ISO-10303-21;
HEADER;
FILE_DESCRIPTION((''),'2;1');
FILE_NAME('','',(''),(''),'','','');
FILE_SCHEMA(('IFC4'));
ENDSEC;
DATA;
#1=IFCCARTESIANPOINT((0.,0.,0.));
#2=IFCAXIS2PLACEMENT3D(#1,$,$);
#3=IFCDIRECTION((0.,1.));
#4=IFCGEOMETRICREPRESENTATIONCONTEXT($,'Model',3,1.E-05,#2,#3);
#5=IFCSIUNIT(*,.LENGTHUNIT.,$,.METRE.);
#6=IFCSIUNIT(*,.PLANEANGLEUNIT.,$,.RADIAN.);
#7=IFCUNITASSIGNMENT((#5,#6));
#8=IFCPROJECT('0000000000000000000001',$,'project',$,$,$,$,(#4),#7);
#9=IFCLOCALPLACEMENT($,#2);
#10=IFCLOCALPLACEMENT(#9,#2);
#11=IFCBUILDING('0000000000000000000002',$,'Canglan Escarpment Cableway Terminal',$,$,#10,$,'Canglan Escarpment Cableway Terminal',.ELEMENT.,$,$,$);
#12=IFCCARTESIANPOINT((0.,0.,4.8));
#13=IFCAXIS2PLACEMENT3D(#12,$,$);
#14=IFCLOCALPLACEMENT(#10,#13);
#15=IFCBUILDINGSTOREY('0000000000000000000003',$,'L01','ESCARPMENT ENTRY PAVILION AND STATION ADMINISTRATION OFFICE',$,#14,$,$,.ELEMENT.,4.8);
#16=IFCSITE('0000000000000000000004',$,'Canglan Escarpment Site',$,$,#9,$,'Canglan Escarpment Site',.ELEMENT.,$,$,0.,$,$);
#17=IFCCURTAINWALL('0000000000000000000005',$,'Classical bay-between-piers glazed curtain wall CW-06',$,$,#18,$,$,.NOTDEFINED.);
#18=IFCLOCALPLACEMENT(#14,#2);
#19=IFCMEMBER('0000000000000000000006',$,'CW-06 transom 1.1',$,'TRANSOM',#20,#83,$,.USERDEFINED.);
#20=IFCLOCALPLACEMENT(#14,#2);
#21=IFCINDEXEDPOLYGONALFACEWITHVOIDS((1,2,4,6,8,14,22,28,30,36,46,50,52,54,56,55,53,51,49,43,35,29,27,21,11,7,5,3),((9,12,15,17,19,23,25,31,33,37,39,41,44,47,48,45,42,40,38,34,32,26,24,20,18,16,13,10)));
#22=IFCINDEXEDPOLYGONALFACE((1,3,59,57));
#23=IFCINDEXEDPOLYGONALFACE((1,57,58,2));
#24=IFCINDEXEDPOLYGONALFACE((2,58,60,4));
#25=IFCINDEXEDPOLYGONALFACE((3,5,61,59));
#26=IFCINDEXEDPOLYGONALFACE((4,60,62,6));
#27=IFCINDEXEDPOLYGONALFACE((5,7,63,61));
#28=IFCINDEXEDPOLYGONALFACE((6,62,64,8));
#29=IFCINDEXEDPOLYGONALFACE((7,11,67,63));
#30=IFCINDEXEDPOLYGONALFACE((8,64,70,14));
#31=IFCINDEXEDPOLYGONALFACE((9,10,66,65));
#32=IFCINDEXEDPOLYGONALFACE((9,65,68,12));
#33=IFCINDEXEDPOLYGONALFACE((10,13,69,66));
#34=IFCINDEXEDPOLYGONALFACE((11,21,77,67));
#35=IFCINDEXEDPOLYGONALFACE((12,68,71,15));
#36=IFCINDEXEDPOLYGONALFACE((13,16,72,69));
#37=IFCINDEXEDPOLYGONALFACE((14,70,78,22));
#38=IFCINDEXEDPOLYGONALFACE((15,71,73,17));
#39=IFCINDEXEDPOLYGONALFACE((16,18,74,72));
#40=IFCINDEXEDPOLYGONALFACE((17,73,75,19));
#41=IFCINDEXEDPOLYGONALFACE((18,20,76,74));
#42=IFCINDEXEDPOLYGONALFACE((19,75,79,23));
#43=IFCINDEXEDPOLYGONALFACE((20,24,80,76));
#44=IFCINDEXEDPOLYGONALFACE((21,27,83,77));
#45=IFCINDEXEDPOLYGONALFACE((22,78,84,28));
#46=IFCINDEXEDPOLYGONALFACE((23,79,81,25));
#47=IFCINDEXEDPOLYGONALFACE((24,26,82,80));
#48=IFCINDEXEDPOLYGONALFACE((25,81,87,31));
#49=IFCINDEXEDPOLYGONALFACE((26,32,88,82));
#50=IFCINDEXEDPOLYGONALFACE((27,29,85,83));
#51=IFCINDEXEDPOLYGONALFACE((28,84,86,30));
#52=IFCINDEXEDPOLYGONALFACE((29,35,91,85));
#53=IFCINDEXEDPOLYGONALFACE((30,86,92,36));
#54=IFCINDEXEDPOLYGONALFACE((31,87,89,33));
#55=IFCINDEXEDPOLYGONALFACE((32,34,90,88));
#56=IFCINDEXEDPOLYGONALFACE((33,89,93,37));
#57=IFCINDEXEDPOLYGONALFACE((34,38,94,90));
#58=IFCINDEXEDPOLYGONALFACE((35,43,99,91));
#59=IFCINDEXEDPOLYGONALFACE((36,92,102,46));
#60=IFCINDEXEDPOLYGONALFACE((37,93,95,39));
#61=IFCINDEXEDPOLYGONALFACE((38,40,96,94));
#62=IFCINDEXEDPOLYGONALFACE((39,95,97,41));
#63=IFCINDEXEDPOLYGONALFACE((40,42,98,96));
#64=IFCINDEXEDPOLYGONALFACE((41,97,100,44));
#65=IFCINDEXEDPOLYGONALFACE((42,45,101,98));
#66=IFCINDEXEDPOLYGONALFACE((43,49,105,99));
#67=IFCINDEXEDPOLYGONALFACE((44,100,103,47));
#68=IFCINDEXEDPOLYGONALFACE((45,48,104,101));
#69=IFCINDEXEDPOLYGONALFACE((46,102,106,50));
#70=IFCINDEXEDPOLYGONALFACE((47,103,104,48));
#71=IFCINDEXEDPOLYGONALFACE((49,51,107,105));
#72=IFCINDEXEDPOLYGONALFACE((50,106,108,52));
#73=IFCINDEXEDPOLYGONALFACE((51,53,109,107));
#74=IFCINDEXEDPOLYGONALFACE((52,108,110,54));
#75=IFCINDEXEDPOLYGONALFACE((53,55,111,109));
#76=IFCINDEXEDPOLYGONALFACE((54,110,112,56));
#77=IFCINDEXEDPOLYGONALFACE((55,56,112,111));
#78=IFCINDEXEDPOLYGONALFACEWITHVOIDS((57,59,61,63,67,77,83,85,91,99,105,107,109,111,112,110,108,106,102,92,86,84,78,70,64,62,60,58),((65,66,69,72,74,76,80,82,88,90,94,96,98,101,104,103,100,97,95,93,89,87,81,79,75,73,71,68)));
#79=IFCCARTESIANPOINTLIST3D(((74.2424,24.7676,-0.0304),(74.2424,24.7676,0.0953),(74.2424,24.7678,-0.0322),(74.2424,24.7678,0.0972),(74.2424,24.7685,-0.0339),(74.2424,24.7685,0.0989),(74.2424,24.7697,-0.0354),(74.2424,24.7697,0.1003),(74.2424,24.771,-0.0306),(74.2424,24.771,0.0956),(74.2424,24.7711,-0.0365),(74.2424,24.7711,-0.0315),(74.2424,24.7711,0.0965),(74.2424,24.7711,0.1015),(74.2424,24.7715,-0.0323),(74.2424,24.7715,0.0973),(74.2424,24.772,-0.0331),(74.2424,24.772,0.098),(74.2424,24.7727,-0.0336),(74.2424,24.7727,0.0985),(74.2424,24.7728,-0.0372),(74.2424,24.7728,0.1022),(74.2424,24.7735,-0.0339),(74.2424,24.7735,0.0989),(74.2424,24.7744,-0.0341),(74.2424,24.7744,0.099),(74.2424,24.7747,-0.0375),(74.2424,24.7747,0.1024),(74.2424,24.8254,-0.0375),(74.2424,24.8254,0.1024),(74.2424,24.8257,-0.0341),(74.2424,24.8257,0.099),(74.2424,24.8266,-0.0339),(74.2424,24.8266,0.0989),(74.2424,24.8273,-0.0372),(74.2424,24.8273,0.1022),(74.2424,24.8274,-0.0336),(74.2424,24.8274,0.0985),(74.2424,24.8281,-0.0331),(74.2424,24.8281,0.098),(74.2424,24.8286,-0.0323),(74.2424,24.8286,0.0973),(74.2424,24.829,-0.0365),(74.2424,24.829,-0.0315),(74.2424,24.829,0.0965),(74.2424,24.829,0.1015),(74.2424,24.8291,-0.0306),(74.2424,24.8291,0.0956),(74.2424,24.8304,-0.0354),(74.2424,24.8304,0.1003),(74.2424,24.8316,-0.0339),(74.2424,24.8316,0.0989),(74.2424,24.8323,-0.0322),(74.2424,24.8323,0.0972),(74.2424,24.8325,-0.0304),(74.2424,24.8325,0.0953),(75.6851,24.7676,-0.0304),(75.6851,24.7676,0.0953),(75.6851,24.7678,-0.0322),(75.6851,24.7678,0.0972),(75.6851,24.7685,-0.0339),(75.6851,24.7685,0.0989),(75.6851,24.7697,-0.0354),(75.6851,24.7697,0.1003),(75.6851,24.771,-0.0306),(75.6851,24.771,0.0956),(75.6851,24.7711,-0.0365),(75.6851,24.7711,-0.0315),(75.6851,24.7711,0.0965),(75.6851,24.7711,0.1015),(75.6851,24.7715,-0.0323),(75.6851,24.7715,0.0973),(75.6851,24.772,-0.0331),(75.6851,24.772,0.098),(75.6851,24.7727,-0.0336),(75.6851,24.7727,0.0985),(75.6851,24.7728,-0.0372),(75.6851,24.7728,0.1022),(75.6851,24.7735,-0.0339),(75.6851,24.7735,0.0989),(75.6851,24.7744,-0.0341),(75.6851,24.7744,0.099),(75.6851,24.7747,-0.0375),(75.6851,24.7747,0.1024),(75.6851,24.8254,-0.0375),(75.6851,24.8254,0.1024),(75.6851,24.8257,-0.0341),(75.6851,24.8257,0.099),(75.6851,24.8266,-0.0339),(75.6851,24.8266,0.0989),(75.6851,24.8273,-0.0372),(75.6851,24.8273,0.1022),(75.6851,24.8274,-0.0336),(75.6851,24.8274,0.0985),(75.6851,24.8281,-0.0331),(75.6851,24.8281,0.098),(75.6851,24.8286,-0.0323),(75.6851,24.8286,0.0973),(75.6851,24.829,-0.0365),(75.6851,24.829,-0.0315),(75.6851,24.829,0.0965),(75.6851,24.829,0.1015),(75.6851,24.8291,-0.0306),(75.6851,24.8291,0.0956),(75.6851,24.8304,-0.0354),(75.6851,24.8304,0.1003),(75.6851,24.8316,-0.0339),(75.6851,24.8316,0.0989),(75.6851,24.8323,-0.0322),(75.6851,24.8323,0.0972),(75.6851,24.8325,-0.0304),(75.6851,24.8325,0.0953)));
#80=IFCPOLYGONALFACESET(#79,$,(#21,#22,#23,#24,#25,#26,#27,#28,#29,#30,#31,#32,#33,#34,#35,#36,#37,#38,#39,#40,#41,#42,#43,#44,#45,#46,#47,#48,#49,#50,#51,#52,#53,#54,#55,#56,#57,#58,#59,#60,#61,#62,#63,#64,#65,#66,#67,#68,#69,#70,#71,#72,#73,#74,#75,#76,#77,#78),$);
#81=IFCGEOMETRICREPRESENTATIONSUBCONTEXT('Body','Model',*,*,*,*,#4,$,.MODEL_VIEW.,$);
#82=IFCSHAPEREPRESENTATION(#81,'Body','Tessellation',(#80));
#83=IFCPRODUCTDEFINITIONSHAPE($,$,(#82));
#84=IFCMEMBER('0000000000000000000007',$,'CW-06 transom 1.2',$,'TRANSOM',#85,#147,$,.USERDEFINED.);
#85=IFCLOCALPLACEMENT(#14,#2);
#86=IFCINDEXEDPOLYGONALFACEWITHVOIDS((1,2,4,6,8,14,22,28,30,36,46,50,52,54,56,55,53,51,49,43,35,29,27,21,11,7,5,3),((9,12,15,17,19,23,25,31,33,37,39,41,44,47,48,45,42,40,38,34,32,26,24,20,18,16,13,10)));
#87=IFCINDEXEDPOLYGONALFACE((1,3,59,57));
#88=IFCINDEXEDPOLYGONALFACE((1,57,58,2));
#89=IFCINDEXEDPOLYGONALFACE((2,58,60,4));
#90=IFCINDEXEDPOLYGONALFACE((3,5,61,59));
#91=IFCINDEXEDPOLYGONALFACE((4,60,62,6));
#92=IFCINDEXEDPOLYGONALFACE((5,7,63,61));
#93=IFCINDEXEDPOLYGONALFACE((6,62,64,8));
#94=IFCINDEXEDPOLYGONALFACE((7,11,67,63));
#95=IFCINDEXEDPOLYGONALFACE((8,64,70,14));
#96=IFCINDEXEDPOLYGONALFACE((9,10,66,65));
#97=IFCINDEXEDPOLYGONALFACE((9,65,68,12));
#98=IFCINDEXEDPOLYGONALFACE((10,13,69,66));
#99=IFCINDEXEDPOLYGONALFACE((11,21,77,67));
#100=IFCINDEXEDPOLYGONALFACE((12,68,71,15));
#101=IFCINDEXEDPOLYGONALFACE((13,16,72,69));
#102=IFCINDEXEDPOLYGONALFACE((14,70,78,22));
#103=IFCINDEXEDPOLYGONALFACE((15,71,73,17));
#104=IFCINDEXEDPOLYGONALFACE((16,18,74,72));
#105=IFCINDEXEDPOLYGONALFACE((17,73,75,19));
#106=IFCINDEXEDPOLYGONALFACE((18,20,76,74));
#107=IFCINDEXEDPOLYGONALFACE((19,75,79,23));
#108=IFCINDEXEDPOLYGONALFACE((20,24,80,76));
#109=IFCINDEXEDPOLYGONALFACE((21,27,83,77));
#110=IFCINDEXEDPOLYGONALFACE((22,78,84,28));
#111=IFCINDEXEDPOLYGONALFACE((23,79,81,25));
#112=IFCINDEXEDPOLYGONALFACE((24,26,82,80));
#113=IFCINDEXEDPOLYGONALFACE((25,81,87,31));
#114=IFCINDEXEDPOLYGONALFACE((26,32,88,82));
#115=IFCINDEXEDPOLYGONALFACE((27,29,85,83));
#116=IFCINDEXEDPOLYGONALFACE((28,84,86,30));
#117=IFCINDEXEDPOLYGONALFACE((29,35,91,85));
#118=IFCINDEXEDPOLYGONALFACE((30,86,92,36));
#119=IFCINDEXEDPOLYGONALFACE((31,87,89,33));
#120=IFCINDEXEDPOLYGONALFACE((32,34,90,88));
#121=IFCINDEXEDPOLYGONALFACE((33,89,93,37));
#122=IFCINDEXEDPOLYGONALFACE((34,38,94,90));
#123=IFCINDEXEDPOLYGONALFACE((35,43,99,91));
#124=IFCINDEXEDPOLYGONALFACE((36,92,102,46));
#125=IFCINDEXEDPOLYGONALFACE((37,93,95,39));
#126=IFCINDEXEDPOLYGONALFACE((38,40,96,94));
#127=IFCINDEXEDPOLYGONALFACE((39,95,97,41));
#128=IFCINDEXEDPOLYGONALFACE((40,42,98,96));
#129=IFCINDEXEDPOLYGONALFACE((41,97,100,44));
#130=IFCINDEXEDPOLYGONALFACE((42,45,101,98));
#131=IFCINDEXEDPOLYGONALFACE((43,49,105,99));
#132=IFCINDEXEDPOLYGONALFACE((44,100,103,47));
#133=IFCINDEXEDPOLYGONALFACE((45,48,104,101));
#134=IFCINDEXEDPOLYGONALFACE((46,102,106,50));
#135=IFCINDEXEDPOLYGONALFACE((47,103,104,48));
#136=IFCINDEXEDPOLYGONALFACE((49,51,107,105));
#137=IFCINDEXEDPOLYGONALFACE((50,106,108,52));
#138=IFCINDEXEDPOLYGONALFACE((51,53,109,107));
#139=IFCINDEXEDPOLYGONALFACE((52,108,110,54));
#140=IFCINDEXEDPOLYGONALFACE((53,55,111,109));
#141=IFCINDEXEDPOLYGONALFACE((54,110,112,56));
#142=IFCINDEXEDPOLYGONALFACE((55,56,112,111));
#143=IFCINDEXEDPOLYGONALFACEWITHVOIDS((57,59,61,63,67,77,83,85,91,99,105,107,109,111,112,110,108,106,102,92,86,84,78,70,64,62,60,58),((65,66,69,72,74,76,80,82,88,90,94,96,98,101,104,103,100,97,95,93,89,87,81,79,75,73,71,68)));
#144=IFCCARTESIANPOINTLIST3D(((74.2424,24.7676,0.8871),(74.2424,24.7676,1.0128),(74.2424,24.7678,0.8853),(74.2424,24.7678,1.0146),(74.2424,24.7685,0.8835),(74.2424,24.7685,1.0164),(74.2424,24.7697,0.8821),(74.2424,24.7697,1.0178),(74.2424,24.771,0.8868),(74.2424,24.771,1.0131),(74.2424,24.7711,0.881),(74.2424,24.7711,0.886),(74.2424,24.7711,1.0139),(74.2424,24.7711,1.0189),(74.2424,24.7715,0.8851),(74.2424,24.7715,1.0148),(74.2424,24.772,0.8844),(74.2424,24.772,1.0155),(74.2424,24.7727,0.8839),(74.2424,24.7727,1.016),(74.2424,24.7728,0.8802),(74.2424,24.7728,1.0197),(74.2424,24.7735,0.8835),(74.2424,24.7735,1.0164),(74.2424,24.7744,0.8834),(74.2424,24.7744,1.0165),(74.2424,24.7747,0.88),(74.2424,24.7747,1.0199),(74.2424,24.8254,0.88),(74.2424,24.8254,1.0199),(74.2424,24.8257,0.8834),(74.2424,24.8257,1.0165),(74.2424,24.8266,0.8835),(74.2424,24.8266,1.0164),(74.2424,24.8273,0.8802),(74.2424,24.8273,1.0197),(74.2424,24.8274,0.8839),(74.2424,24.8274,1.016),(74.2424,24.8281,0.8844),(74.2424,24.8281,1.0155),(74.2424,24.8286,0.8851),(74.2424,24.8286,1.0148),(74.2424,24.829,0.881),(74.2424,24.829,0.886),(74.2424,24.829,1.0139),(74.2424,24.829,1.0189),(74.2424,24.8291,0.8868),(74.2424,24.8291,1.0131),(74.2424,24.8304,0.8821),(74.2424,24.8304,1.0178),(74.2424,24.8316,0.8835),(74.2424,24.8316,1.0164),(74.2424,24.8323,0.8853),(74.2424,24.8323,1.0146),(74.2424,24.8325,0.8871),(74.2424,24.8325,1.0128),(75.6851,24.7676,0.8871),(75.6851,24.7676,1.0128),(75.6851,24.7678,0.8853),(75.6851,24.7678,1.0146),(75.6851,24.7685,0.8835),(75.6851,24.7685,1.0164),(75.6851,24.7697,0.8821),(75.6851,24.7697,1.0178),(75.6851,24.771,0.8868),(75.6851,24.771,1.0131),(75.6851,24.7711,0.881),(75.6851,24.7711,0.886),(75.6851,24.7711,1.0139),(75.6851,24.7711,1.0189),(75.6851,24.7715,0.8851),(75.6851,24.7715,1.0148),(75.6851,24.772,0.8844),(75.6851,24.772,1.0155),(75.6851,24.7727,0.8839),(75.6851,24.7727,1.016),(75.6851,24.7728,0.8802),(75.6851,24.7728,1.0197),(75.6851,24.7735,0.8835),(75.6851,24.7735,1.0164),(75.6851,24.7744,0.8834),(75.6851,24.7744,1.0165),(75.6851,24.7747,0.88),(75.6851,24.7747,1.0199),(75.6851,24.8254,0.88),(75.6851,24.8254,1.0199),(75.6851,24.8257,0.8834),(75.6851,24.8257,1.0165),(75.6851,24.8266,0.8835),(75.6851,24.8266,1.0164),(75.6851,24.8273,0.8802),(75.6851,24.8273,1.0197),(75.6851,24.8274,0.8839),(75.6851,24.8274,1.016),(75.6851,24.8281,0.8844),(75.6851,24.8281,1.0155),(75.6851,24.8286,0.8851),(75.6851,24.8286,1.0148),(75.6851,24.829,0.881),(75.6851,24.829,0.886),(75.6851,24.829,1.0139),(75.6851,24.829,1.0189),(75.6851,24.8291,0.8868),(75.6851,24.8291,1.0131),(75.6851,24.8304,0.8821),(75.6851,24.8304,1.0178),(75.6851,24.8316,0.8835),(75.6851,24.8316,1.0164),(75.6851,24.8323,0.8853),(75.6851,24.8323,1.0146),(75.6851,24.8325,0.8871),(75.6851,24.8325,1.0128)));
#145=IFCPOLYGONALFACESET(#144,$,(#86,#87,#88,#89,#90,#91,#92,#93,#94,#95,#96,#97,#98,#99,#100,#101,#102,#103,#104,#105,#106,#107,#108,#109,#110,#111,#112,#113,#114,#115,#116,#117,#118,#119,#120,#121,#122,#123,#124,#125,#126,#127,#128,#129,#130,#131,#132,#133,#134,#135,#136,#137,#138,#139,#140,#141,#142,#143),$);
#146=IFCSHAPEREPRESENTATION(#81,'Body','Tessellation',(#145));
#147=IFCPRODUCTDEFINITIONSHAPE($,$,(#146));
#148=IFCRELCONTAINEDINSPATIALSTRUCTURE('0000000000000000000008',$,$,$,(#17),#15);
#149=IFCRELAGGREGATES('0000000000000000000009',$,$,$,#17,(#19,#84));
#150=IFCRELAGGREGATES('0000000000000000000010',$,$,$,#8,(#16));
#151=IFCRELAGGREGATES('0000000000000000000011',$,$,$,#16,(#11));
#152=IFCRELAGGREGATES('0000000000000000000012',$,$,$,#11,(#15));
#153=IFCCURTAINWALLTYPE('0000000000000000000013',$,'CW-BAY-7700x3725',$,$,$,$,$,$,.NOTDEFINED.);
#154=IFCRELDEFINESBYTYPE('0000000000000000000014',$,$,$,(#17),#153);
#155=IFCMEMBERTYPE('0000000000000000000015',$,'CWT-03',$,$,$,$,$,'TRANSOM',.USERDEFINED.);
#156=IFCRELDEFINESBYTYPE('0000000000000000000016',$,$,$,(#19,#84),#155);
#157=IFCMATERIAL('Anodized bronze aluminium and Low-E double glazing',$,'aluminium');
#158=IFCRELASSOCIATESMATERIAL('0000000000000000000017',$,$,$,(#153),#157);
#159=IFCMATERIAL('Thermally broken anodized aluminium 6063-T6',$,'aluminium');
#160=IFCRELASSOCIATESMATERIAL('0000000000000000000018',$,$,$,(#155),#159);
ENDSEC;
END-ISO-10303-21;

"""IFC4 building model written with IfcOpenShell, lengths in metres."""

from ifc_helpers import new_model, si_unit, direction, frame, origin, origin_2d, place, context, subcontext, project, spatial, hollow_rectangle, extrude, material, material_profile, profile_set, type_object, element, aggregate, save


model = new_model("IFC4")

# Units and contexts
model_context = context("Model", 3, precision=1e-05, world=origin(), true_north=direction((0.0, 1.0)))
body_context = subcontext(model_context, "Body", "Model", "MODEL_VIEW")
ifc_project = project(units=[si_unit("LENGTHUNIT", "METRE"), si_unit("PLANEANGLEUNIT", "RADIAN")], contexts=[model_context])

# Site, building, storey
site_placement = place(None, origin())
site = spatial("IfcSite", under=ifc_project, at=site_placement, Name="Canglan Escarpment Site", LongName="Canglan Escarpment Site", CompositionType="ELEMENT", RefElevation=0.0)
building_placement = place(site_placement, origin())
building = spatial("IfcBuilding", under=site, at=building_placement, Name="Canglan Escarpment Cableway Terminal", LongName="Canglan Escarpment Cableway Terminal", CompositionType="ELEMENT")
storey_placement = place(building_placement, frame((0.0, 0.0, 4.8)))
storey = spatial("IfcBuildingStorey", under=building, at=storey_placement, Name="L01", Description="ESCARPMENT ENTRY PAVILION AND STATION ADMINISTRATION OFFICE", CompositionType="ELEMENT", Elevation=4.8)

# Curtain wall, members
ifc_material_1 = material(Name="Anodized bronze aluminium and Low-E double glazing", Category="aluminium")
curtain_wall_type = type_object("IfcCurtainWallType", Name="CW-BAY-7700x3725", PredefinedType="NOTDEFINED", material=ifc_material_1)
curtain_wall_placement = place(storey_placement, origin())
curtain_wall = element("IfcCurtainWall", 1, at=curtain_wall_placement, inside=storey, type_object=curtain_wall_type, Name="Classical bay-between-piers glazed curtain wall CW-06", PredefinedType="NOTDEFINED")
ifc_material_2 = material(Name="Thermally broken anodized aluminium 6063-T6", Category="aluminium")
ifc_material_profile_1 = material_profile(ifc_material_2, hollow_rectangle(XDim=0.0649, YDim=0.1399, WallThickness=0.0034, InnerFilletRadius=0.0034, OuterFilletRadius=0.0071, at=origin_2d()), Name="ALU-TRAN 65x140x3.5")
ifc_profile_set_1 = profile_set([ifc_material_profile_1], Name="Thermally broken anodized aluminium 6063-T6")
member_type_1 = type_object("IfcMemberType", Name="CWT-03", ElementType="TRANSOM", PredefinedType="USERDEFINED", material=ifc_profile_set_1)
member_1_placement = place(storey_placement, frame((75.6851, 24.8, 0.0325), z_axis=(-1.0, 0.0, 0.0), x_axis=(0.0, -1.0, 0.0)))
member_1 = element("IfcMember", 2, at=member_1_placement, type_object=member_type_1, Name="CW-06 transom 1.1", ObjectType="TRANSOM", PredefinedType="USERDEFINED", context=body_context, shape_type="SweptSolid", body=[
    extrude(hollow_rectangle(XDim=0.0649, YDim=0.1399, WallThickness=0.0034, InnerFilletRadius=0.0034, OuterFilletRadius=0.0071, at=origin_2d()), origin(), (0.0, 0.0, 1.0), 1.4426),
])
member_2_placement = place(storey_placement, frame((75.6851, 24.8, 0.95), z_axis=(-1.0, 0.0, 0.0), x_axis=(0.0, -1.0, 0.0)))
member_2 = element("IfcMember", 3, at=member_2_placement, type_object=member_type_1, Name="CW-06 transom 1.2", ObjectType="TRANSOM", PredefinedType="USERDEFINED", context=body_context, shape_type="SweptSolid", body=[
    extrude(hollow_rectangle(XDim=0.0649, YDim=0.1399, WallThickness=0.0034, InnerFilletRadius=0.0034, OuterFilletRadius=0.0071, at=origin_2d()), origin(), (0.0, 0.0, 1.0), 1.4426),
])
aggregate(curtain_wall, [member_1, member_2])

save(model, "model.ifc")
